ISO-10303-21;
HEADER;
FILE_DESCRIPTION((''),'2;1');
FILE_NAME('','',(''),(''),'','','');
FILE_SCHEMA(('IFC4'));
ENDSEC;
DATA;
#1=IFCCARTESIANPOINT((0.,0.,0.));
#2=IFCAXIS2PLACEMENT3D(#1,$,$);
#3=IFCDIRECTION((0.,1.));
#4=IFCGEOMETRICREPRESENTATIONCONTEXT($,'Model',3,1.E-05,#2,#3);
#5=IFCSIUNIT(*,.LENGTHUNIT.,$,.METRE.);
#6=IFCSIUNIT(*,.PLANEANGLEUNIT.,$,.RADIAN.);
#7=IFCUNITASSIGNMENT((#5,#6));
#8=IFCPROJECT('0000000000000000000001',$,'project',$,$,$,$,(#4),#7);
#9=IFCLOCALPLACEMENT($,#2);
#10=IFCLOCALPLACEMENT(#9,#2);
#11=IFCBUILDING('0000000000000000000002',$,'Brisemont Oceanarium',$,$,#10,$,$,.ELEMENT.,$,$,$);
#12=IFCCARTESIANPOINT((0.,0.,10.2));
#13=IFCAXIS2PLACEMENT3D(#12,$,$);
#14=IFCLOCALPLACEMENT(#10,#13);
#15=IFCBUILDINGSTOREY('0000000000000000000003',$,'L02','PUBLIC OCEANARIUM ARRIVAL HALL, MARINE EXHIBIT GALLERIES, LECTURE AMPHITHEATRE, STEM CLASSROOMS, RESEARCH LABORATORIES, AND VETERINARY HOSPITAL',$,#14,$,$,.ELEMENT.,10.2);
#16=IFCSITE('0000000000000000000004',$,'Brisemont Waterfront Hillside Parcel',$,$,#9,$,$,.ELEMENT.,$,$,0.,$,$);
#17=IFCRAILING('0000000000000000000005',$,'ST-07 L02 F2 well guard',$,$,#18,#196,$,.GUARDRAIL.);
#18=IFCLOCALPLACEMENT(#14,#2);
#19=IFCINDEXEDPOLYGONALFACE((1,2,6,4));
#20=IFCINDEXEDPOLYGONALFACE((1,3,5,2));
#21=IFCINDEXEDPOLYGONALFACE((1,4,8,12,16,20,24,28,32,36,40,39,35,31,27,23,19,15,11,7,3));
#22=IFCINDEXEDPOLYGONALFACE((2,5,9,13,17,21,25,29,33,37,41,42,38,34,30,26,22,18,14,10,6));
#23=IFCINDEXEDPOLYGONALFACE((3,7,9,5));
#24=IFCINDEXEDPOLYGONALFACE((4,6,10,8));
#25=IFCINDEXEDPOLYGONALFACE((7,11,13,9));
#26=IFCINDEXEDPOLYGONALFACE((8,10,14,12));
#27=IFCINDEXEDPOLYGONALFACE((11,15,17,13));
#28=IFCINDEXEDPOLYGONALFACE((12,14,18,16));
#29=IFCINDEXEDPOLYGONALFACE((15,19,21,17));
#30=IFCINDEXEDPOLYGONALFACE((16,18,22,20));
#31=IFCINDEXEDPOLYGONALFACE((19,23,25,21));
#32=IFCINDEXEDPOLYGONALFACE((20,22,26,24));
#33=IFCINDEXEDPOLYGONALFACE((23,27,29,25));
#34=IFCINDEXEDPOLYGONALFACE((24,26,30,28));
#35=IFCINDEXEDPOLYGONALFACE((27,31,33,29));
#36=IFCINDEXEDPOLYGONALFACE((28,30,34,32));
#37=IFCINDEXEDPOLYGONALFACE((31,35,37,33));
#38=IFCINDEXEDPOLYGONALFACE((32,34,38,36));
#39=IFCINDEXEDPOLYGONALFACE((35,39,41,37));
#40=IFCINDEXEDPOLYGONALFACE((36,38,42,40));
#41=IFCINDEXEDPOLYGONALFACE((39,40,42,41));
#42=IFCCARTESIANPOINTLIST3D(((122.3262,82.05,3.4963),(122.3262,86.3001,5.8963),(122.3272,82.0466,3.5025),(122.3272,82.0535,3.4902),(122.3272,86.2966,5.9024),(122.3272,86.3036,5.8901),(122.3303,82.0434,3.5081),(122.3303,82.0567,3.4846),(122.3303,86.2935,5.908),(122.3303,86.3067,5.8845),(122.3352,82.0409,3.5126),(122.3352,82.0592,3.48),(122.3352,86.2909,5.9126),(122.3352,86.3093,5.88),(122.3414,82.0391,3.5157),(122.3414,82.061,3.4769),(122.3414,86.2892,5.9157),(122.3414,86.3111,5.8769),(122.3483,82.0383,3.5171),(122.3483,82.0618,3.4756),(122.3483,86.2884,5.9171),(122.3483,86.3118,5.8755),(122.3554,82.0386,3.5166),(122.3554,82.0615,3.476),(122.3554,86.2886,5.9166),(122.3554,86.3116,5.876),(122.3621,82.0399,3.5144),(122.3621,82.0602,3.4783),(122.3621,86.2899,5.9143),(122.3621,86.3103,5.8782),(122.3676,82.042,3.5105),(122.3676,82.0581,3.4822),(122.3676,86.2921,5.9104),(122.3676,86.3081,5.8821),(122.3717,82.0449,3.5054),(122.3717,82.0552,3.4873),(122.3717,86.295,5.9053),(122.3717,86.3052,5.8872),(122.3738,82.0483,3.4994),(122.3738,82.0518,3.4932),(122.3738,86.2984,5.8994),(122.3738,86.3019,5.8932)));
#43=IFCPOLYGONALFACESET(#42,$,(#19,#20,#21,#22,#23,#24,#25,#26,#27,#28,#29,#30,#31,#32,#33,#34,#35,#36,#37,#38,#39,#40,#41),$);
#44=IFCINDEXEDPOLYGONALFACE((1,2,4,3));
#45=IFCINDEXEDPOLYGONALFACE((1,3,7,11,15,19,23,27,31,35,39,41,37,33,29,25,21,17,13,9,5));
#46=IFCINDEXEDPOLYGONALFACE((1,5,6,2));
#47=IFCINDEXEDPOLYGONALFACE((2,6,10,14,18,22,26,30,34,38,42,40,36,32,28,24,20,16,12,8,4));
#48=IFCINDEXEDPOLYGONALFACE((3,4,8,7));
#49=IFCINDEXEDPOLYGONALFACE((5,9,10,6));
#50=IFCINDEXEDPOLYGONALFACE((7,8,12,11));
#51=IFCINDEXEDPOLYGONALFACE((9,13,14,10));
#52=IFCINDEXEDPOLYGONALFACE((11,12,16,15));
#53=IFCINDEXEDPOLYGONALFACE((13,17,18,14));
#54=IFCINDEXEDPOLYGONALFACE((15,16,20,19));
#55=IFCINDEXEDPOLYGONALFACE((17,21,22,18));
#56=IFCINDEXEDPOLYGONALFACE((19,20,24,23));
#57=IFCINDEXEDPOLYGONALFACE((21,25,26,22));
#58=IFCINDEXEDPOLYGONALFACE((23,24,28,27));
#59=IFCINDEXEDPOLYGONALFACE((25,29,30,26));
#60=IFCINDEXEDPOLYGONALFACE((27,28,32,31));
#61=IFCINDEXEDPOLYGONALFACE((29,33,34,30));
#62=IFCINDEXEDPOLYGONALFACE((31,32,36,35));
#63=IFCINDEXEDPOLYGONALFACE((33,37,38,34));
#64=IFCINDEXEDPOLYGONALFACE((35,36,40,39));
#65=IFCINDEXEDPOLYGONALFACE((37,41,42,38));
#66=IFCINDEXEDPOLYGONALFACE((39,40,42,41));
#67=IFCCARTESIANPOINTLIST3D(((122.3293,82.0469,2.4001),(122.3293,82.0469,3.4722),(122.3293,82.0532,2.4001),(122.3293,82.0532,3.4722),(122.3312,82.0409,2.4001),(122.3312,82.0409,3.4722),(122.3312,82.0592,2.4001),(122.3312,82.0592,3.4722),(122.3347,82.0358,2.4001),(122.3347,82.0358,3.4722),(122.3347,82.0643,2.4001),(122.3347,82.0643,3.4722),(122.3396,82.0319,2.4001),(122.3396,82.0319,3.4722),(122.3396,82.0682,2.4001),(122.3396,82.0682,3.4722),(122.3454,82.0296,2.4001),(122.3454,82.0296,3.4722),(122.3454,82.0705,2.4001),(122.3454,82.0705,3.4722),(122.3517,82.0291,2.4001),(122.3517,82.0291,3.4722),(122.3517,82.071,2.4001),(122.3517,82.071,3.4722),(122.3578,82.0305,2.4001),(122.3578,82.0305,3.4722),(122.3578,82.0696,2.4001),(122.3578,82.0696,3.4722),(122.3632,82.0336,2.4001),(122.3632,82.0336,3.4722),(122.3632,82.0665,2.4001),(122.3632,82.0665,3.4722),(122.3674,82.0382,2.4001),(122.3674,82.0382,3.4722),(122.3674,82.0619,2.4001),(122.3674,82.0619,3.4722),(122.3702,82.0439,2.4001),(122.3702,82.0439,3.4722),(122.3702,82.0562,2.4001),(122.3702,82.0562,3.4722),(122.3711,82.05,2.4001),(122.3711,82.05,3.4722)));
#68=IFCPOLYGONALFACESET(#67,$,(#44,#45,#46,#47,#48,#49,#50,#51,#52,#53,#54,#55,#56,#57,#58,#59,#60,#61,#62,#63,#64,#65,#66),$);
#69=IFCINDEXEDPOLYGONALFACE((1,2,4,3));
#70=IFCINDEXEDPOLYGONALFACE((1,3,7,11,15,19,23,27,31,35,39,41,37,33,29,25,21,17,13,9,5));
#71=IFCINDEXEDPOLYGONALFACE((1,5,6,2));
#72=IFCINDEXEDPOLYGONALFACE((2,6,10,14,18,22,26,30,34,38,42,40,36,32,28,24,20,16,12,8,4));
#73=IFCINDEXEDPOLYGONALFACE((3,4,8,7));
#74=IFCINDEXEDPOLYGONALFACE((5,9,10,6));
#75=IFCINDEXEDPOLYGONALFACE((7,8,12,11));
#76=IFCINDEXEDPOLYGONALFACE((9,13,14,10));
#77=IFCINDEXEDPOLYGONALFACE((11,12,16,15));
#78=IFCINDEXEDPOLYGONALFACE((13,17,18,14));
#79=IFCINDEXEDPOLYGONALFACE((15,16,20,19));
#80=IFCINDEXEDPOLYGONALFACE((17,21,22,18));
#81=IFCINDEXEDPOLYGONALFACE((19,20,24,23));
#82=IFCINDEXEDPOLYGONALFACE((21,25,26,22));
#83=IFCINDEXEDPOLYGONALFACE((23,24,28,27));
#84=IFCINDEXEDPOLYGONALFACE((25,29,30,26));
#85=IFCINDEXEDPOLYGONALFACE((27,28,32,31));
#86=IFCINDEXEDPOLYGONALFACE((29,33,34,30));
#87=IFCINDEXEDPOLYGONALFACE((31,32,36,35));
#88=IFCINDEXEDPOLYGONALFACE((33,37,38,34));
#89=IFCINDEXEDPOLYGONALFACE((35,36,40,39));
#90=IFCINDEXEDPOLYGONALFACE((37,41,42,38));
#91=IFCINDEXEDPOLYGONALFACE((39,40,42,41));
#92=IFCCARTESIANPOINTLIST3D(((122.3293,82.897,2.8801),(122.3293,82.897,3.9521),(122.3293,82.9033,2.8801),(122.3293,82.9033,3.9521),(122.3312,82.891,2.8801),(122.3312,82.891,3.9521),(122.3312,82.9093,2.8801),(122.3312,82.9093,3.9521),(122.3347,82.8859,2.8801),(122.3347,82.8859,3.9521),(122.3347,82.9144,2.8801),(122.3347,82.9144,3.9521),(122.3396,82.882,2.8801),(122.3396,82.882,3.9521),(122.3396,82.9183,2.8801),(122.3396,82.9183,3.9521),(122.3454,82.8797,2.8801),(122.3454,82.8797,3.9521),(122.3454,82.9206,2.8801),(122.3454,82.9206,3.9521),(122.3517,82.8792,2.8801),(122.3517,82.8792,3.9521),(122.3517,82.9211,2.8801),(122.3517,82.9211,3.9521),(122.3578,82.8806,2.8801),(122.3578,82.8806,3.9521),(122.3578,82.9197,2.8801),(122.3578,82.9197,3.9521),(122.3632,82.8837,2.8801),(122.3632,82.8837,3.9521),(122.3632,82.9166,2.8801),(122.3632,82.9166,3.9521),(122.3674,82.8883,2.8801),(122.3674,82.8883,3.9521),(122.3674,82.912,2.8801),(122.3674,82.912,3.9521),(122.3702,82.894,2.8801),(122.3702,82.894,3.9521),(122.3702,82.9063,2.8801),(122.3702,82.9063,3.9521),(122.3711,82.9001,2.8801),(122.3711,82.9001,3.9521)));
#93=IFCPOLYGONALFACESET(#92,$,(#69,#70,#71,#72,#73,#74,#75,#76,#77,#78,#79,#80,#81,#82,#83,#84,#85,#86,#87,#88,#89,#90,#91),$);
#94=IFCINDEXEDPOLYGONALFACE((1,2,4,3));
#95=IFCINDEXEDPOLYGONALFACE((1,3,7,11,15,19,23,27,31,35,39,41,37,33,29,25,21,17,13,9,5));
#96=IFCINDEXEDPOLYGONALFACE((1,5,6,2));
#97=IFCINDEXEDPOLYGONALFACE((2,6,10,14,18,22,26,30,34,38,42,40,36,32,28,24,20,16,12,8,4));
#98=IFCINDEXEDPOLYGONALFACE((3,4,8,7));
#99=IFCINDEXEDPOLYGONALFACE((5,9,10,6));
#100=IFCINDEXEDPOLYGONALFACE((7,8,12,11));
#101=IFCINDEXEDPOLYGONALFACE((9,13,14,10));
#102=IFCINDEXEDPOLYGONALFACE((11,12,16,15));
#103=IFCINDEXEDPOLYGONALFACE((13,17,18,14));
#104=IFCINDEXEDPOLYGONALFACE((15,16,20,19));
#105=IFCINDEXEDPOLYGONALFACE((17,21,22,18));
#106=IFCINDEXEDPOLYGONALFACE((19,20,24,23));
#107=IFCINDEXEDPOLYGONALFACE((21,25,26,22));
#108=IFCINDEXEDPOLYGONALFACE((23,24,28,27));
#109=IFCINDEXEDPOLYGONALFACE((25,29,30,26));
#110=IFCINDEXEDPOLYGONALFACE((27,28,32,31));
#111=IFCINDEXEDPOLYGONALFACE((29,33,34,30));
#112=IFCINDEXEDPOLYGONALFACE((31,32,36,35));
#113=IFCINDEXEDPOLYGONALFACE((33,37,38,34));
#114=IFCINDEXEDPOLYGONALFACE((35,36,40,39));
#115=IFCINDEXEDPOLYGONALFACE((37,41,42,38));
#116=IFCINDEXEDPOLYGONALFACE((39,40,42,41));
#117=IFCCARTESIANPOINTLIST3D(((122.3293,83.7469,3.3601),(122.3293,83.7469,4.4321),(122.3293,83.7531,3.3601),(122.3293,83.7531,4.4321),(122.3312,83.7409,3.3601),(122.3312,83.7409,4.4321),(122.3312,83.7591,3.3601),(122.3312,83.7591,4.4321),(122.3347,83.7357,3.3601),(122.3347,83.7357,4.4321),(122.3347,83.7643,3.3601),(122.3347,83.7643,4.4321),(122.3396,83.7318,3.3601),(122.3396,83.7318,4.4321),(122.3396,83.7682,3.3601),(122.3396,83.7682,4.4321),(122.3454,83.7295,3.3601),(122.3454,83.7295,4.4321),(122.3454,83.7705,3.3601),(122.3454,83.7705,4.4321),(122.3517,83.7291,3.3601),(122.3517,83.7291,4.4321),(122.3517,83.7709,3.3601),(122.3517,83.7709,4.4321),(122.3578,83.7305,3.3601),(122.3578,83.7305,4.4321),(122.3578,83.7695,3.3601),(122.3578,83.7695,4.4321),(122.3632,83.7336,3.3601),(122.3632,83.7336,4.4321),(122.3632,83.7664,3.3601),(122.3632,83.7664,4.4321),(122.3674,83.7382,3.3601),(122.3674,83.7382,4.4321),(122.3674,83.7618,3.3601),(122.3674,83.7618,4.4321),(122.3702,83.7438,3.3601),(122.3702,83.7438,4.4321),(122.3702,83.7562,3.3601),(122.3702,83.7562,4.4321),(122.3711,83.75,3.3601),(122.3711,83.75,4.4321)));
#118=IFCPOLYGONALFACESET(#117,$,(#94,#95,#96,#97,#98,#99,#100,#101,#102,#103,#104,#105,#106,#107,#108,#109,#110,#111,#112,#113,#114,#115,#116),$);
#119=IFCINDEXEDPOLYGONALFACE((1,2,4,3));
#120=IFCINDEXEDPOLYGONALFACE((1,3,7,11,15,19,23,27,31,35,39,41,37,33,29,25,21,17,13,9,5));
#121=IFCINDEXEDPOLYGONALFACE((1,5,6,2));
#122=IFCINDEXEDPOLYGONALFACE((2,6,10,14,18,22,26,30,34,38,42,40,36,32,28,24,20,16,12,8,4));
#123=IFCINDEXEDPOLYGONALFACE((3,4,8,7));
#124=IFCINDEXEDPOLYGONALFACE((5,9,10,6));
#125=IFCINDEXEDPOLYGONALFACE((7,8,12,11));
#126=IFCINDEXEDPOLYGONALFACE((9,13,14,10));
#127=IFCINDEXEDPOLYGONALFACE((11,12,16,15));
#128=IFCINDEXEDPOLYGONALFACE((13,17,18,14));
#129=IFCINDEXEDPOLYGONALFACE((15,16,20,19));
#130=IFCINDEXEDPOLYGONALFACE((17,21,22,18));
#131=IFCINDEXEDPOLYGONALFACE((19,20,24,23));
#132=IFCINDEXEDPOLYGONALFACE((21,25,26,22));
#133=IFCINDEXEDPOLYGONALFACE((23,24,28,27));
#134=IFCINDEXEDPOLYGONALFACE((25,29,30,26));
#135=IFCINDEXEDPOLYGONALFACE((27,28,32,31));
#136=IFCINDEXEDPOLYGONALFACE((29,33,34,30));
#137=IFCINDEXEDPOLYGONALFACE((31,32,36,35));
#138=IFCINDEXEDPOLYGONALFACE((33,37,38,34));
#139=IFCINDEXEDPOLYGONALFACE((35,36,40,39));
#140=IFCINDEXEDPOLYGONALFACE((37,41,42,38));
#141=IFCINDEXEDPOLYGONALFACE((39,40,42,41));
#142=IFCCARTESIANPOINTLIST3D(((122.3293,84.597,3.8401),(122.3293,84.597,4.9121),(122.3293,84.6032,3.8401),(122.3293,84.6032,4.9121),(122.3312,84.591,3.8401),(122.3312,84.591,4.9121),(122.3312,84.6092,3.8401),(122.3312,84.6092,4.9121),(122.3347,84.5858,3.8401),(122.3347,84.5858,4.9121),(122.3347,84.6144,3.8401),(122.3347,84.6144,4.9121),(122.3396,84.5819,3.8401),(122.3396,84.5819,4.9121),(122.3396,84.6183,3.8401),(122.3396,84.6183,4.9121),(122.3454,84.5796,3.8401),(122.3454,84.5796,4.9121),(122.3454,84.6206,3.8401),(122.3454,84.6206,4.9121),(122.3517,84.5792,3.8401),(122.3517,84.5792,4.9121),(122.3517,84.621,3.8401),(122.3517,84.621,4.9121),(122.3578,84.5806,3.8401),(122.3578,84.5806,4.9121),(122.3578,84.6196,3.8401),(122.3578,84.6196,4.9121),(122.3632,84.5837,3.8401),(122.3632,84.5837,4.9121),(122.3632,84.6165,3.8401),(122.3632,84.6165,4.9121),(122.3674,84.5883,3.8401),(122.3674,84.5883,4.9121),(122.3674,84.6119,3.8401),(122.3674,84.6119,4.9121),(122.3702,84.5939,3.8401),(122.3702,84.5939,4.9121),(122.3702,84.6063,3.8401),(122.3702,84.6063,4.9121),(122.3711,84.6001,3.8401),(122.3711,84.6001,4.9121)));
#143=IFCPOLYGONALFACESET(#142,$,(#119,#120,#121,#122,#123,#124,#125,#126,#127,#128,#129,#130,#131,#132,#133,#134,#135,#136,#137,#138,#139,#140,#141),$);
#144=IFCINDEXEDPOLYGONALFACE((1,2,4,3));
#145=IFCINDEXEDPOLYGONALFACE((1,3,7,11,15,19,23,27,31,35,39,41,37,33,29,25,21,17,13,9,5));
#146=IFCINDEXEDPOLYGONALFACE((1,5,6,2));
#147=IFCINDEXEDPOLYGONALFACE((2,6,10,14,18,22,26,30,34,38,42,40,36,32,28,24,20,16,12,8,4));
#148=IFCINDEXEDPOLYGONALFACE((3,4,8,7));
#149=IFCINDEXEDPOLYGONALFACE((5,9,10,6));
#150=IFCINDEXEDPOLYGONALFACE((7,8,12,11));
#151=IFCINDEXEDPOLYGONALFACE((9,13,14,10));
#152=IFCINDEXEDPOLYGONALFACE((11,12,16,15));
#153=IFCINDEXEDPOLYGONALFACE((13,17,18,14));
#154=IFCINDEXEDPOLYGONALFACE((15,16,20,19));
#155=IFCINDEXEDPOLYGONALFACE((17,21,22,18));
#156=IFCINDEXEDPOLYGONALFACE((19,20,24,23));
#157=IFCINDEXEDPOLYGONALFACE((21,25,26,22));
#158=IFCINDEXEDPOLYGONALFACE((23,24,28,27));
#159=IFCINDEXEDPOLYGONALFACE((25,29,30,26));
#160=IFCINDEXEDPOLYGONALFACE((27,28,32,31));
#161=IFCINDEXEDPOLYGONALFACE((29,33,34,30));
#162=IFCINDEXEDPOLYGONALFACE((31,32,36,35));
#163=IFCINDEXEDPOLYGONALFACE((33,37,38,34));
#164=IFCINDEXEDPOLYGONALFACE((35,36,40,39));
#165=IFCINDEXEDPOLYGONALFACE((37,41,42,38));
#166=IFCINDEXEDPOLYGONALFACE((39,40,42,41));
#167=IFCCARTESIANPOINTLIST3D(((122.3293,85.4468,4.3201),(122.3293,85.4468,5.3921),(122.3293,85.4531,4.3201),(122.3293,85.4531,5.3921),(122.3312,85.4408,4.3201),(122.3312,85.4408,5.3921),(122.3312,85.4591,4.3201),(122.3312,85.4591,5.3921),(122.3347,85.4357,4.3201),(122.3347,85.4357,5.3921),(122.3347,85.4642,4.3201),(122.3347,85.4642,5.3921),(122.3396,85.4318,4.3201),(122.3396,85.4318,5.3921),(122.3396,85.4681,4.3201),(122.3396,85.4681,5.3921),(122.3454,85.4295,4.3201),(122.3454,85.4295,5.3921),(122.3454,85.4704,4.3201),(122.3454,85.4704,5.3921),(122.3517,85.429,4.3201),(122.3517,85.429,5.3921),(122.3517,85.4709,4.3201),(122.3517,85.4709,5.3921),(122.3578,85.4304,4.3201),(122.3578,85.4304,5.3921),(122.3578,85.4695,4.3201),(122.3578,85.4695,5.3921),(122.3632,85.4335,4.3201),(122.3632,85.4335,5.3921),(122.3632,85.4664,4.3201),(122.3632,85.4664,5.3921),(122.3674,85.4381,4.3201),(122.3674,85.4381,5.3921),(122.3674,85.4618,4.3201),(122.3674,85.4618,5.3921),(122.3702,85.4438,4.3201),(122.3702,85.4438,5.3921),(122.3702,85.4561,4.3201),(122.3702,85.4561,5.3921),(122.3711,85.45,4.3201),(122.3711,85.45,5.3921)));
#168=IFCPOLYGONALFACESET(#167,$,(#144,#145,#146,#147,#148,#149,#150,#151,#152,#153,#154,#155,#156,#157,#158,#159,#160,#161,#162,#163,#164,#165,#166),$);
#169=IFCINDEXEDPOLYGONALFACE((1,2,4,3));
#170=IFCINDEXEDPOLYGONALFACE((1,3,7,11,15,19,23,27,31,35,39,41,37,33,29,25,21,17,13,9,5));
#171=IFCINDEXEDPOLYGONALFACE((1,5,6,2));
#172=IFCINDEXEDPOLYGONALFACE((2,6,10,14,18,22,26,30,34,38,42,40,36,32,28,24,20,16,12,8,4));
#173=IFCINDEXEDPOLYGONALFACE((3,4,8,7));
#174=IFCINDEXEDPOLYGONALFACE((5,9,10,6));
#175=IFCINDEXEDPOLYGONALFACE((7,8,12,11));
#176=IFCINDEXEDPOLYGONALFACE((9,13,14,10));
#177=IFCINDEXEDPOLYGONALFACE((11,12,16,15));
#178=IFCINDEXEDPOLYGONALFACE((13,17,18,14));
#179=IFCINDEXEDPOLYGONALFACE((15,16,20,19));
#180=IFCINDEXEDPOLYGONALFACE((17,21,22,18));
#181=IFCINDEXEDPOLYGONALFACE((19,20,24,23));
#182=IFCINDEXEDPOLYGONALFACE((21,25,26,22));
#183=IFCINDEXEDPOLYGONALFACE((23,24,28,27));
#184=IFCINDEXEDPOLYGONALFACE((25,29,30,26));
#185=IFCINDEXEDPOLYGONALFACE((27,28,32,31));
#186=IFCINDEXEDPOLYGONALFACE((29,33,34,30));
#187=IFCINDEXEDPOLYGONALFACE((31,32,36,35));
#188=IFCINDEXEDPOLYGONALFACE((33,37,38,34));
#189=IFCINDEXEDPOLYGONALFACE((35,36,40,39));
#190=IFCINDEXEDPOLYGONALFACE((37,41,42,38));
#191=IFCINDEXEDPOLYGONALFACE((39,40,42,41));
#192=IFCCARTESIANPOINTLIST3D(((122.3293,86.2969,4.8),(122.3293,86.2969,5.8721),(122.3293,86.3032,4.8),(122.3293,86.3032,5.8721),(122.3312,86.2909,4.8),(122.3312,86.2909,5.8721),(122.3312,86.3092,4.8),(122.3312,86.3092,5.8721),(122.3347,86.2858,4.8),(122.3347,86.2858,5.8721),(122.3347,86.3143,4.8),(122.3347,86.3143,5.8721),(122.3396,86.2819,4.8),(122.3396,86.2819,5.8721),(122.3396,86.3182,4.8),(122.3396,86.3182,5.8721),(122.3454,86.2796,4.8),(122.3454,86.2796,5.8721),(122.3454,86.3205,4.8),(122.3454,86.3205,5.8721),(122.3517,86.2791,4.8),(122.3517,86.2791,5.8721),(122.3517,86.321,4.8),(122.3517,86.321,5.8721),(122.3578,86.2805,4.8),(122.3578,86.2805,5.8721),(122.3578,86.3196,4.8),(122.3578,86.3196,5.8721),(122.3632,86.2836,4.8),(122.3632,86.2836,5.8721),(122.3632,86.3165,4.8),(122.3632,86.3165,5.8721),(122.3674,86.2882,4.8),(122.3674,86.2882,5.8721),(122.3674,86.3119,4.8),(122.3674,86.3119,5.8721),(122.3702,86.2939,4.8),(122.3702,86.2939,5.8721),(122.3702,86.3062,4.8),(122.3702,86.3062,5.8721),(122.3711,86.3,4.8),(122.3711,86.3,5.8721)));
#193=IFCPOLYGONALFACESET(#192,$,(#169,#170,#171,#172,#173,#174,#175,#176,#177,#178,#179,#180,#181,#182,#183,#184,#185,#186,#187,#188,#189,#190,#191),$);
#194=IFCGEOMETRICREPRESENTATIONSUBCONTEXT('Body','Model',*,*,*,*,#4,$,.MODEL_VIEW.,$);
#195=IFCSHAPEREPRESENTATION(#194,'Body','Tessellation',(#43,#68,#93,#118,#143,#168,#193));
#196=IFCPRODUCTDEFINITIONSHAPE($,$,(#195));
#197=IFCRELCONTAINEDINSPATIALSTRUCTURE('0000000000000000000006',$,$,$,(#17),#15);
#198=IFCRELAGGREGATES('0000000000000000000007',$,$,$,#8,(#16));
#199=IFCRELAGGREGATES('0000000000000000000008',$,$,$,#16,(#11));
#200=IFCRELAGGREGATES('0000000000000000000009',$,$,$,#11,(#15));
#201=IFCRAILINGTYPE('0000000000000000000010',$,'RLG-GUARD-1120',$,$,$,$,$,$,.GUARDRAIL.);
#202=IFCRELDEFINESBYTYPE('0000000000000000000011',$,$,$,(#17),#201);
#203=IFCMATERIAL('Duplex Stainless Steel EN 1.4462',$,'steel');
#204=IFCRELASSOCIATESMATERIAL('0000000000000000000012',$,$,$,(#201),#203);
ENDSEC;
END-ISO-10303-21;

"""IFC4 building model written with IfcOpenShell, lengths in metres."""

from ifc_helpers import new_model, si_unit, direction, frame, origin, origin_2d, place, context, subcontext, project, spatial, circle, extrude, material, type_object, element, save


model = new_model("IFC4")

# Units and contexts
model_context = context("Model", 3, precision=1e-05, world=origin(), true_north=direction((0.0, 1.0)))
body_context = subcontext(model_context, "Body", "Model", "MODEL_VIEW")
ifc_project = project(units=[si_unit("LENGTHUNIT", "METRE"), si_unit("PLANEANGLEUNIT", "RADIAN")], contexts=[model_context])

# Site, building, storey
site_placement = place(None, origin())
site = spatial("IfcSite", under=ifc_project, at=site_placement, Name="Brisemont Waterfront Hillside Parcel", CompositionType="ELEMENT", RefElevation=0.0)
building_placement = place(site_placement, origin())
building = spatial("IfcBuilding", under=site, at=building_placement, Name="Brisemont Oceanarium", CompositionType="ELEMENT")
storey_placement = place(building_placement, frame((0.0, 0.0, 10.2)))
storey = spatial("IfcBuildingStorey", under=building, at=storey_placement, Name="L02", Description="PUBLIC OCEANARIUM ARRIVAL HALL, MARINE EXHIBIT GALLERIES, LECTURE AMPHITHEATRE, STEM CLASSROOMS, RESEARCH LABORATORIES, AND VETERINARY HOSPITAL", CompositionType="ELEMENT", Elevation=10.2)

# Railing
ifc_material_1 = material(Name="Duplex Stainless Steel EN 1.4462", Category="steel")
railing_type_1 = type_object("IfcRailingType", Name="RLG-GUARD-1120", PredefinedType="GUARDRAIL", material=ifc_material_1)
railing_1_placement = place(storey_placement, frame((122.3501, 82.05, 2.4001)))
element("IfcRailing", 1, at=railing_1_placement, inside=storey, type_object=railing_type_1, Name="ST-07 L02 F2 well guard", PredefinedType="GUARDRAIL", context=body_context, shape_type="SweptSolid", body=[
    extrude(circle(Radius=0.0239, at=origin_2d()), frame((0.0, 0.0, 1.0962), z_axis=(0.0, 0.870762, 0.491704), x_axis=(-1.0, 0.0, 0.0)), (0.0, 0.0, 1.0), 4.8809),
    extrude(circle(Radius=0.021, at=origin_2d()), origin(), (0.0, 0.0, 1.0), 1.072),
    extrude(circle(Radius=0.021, at=origin_2d()), frame((0.0, 0.8501, 0.48)), (0.0, 0.0, 1.0), 1.072),
    extrude(circle(Radius=0.021, at=origin_2d()), frame((0.0, 1.7, 0.96)), (0.0, 0.0, 1.0), 1.072),
    extrude(circle(Radius=0.021, at=origin_2d()), frame((0.0, 2.55, 1.4399)), (0.0, 0.0, 1.0), 1.072),
    extrude(circle(Radius=0.021, at=origin_2d()), frame((0.0, 3.3999, 1.9199)), (0.0, 0.0, 1.0), 1.072),
    extrude(circle(Radius=0.021, at=origin_2d()), frame((0.0, 4.25, 2.3999)), (0.0, 0.0, 1.0), 1.072),
])

save(model, "model.ifc")
